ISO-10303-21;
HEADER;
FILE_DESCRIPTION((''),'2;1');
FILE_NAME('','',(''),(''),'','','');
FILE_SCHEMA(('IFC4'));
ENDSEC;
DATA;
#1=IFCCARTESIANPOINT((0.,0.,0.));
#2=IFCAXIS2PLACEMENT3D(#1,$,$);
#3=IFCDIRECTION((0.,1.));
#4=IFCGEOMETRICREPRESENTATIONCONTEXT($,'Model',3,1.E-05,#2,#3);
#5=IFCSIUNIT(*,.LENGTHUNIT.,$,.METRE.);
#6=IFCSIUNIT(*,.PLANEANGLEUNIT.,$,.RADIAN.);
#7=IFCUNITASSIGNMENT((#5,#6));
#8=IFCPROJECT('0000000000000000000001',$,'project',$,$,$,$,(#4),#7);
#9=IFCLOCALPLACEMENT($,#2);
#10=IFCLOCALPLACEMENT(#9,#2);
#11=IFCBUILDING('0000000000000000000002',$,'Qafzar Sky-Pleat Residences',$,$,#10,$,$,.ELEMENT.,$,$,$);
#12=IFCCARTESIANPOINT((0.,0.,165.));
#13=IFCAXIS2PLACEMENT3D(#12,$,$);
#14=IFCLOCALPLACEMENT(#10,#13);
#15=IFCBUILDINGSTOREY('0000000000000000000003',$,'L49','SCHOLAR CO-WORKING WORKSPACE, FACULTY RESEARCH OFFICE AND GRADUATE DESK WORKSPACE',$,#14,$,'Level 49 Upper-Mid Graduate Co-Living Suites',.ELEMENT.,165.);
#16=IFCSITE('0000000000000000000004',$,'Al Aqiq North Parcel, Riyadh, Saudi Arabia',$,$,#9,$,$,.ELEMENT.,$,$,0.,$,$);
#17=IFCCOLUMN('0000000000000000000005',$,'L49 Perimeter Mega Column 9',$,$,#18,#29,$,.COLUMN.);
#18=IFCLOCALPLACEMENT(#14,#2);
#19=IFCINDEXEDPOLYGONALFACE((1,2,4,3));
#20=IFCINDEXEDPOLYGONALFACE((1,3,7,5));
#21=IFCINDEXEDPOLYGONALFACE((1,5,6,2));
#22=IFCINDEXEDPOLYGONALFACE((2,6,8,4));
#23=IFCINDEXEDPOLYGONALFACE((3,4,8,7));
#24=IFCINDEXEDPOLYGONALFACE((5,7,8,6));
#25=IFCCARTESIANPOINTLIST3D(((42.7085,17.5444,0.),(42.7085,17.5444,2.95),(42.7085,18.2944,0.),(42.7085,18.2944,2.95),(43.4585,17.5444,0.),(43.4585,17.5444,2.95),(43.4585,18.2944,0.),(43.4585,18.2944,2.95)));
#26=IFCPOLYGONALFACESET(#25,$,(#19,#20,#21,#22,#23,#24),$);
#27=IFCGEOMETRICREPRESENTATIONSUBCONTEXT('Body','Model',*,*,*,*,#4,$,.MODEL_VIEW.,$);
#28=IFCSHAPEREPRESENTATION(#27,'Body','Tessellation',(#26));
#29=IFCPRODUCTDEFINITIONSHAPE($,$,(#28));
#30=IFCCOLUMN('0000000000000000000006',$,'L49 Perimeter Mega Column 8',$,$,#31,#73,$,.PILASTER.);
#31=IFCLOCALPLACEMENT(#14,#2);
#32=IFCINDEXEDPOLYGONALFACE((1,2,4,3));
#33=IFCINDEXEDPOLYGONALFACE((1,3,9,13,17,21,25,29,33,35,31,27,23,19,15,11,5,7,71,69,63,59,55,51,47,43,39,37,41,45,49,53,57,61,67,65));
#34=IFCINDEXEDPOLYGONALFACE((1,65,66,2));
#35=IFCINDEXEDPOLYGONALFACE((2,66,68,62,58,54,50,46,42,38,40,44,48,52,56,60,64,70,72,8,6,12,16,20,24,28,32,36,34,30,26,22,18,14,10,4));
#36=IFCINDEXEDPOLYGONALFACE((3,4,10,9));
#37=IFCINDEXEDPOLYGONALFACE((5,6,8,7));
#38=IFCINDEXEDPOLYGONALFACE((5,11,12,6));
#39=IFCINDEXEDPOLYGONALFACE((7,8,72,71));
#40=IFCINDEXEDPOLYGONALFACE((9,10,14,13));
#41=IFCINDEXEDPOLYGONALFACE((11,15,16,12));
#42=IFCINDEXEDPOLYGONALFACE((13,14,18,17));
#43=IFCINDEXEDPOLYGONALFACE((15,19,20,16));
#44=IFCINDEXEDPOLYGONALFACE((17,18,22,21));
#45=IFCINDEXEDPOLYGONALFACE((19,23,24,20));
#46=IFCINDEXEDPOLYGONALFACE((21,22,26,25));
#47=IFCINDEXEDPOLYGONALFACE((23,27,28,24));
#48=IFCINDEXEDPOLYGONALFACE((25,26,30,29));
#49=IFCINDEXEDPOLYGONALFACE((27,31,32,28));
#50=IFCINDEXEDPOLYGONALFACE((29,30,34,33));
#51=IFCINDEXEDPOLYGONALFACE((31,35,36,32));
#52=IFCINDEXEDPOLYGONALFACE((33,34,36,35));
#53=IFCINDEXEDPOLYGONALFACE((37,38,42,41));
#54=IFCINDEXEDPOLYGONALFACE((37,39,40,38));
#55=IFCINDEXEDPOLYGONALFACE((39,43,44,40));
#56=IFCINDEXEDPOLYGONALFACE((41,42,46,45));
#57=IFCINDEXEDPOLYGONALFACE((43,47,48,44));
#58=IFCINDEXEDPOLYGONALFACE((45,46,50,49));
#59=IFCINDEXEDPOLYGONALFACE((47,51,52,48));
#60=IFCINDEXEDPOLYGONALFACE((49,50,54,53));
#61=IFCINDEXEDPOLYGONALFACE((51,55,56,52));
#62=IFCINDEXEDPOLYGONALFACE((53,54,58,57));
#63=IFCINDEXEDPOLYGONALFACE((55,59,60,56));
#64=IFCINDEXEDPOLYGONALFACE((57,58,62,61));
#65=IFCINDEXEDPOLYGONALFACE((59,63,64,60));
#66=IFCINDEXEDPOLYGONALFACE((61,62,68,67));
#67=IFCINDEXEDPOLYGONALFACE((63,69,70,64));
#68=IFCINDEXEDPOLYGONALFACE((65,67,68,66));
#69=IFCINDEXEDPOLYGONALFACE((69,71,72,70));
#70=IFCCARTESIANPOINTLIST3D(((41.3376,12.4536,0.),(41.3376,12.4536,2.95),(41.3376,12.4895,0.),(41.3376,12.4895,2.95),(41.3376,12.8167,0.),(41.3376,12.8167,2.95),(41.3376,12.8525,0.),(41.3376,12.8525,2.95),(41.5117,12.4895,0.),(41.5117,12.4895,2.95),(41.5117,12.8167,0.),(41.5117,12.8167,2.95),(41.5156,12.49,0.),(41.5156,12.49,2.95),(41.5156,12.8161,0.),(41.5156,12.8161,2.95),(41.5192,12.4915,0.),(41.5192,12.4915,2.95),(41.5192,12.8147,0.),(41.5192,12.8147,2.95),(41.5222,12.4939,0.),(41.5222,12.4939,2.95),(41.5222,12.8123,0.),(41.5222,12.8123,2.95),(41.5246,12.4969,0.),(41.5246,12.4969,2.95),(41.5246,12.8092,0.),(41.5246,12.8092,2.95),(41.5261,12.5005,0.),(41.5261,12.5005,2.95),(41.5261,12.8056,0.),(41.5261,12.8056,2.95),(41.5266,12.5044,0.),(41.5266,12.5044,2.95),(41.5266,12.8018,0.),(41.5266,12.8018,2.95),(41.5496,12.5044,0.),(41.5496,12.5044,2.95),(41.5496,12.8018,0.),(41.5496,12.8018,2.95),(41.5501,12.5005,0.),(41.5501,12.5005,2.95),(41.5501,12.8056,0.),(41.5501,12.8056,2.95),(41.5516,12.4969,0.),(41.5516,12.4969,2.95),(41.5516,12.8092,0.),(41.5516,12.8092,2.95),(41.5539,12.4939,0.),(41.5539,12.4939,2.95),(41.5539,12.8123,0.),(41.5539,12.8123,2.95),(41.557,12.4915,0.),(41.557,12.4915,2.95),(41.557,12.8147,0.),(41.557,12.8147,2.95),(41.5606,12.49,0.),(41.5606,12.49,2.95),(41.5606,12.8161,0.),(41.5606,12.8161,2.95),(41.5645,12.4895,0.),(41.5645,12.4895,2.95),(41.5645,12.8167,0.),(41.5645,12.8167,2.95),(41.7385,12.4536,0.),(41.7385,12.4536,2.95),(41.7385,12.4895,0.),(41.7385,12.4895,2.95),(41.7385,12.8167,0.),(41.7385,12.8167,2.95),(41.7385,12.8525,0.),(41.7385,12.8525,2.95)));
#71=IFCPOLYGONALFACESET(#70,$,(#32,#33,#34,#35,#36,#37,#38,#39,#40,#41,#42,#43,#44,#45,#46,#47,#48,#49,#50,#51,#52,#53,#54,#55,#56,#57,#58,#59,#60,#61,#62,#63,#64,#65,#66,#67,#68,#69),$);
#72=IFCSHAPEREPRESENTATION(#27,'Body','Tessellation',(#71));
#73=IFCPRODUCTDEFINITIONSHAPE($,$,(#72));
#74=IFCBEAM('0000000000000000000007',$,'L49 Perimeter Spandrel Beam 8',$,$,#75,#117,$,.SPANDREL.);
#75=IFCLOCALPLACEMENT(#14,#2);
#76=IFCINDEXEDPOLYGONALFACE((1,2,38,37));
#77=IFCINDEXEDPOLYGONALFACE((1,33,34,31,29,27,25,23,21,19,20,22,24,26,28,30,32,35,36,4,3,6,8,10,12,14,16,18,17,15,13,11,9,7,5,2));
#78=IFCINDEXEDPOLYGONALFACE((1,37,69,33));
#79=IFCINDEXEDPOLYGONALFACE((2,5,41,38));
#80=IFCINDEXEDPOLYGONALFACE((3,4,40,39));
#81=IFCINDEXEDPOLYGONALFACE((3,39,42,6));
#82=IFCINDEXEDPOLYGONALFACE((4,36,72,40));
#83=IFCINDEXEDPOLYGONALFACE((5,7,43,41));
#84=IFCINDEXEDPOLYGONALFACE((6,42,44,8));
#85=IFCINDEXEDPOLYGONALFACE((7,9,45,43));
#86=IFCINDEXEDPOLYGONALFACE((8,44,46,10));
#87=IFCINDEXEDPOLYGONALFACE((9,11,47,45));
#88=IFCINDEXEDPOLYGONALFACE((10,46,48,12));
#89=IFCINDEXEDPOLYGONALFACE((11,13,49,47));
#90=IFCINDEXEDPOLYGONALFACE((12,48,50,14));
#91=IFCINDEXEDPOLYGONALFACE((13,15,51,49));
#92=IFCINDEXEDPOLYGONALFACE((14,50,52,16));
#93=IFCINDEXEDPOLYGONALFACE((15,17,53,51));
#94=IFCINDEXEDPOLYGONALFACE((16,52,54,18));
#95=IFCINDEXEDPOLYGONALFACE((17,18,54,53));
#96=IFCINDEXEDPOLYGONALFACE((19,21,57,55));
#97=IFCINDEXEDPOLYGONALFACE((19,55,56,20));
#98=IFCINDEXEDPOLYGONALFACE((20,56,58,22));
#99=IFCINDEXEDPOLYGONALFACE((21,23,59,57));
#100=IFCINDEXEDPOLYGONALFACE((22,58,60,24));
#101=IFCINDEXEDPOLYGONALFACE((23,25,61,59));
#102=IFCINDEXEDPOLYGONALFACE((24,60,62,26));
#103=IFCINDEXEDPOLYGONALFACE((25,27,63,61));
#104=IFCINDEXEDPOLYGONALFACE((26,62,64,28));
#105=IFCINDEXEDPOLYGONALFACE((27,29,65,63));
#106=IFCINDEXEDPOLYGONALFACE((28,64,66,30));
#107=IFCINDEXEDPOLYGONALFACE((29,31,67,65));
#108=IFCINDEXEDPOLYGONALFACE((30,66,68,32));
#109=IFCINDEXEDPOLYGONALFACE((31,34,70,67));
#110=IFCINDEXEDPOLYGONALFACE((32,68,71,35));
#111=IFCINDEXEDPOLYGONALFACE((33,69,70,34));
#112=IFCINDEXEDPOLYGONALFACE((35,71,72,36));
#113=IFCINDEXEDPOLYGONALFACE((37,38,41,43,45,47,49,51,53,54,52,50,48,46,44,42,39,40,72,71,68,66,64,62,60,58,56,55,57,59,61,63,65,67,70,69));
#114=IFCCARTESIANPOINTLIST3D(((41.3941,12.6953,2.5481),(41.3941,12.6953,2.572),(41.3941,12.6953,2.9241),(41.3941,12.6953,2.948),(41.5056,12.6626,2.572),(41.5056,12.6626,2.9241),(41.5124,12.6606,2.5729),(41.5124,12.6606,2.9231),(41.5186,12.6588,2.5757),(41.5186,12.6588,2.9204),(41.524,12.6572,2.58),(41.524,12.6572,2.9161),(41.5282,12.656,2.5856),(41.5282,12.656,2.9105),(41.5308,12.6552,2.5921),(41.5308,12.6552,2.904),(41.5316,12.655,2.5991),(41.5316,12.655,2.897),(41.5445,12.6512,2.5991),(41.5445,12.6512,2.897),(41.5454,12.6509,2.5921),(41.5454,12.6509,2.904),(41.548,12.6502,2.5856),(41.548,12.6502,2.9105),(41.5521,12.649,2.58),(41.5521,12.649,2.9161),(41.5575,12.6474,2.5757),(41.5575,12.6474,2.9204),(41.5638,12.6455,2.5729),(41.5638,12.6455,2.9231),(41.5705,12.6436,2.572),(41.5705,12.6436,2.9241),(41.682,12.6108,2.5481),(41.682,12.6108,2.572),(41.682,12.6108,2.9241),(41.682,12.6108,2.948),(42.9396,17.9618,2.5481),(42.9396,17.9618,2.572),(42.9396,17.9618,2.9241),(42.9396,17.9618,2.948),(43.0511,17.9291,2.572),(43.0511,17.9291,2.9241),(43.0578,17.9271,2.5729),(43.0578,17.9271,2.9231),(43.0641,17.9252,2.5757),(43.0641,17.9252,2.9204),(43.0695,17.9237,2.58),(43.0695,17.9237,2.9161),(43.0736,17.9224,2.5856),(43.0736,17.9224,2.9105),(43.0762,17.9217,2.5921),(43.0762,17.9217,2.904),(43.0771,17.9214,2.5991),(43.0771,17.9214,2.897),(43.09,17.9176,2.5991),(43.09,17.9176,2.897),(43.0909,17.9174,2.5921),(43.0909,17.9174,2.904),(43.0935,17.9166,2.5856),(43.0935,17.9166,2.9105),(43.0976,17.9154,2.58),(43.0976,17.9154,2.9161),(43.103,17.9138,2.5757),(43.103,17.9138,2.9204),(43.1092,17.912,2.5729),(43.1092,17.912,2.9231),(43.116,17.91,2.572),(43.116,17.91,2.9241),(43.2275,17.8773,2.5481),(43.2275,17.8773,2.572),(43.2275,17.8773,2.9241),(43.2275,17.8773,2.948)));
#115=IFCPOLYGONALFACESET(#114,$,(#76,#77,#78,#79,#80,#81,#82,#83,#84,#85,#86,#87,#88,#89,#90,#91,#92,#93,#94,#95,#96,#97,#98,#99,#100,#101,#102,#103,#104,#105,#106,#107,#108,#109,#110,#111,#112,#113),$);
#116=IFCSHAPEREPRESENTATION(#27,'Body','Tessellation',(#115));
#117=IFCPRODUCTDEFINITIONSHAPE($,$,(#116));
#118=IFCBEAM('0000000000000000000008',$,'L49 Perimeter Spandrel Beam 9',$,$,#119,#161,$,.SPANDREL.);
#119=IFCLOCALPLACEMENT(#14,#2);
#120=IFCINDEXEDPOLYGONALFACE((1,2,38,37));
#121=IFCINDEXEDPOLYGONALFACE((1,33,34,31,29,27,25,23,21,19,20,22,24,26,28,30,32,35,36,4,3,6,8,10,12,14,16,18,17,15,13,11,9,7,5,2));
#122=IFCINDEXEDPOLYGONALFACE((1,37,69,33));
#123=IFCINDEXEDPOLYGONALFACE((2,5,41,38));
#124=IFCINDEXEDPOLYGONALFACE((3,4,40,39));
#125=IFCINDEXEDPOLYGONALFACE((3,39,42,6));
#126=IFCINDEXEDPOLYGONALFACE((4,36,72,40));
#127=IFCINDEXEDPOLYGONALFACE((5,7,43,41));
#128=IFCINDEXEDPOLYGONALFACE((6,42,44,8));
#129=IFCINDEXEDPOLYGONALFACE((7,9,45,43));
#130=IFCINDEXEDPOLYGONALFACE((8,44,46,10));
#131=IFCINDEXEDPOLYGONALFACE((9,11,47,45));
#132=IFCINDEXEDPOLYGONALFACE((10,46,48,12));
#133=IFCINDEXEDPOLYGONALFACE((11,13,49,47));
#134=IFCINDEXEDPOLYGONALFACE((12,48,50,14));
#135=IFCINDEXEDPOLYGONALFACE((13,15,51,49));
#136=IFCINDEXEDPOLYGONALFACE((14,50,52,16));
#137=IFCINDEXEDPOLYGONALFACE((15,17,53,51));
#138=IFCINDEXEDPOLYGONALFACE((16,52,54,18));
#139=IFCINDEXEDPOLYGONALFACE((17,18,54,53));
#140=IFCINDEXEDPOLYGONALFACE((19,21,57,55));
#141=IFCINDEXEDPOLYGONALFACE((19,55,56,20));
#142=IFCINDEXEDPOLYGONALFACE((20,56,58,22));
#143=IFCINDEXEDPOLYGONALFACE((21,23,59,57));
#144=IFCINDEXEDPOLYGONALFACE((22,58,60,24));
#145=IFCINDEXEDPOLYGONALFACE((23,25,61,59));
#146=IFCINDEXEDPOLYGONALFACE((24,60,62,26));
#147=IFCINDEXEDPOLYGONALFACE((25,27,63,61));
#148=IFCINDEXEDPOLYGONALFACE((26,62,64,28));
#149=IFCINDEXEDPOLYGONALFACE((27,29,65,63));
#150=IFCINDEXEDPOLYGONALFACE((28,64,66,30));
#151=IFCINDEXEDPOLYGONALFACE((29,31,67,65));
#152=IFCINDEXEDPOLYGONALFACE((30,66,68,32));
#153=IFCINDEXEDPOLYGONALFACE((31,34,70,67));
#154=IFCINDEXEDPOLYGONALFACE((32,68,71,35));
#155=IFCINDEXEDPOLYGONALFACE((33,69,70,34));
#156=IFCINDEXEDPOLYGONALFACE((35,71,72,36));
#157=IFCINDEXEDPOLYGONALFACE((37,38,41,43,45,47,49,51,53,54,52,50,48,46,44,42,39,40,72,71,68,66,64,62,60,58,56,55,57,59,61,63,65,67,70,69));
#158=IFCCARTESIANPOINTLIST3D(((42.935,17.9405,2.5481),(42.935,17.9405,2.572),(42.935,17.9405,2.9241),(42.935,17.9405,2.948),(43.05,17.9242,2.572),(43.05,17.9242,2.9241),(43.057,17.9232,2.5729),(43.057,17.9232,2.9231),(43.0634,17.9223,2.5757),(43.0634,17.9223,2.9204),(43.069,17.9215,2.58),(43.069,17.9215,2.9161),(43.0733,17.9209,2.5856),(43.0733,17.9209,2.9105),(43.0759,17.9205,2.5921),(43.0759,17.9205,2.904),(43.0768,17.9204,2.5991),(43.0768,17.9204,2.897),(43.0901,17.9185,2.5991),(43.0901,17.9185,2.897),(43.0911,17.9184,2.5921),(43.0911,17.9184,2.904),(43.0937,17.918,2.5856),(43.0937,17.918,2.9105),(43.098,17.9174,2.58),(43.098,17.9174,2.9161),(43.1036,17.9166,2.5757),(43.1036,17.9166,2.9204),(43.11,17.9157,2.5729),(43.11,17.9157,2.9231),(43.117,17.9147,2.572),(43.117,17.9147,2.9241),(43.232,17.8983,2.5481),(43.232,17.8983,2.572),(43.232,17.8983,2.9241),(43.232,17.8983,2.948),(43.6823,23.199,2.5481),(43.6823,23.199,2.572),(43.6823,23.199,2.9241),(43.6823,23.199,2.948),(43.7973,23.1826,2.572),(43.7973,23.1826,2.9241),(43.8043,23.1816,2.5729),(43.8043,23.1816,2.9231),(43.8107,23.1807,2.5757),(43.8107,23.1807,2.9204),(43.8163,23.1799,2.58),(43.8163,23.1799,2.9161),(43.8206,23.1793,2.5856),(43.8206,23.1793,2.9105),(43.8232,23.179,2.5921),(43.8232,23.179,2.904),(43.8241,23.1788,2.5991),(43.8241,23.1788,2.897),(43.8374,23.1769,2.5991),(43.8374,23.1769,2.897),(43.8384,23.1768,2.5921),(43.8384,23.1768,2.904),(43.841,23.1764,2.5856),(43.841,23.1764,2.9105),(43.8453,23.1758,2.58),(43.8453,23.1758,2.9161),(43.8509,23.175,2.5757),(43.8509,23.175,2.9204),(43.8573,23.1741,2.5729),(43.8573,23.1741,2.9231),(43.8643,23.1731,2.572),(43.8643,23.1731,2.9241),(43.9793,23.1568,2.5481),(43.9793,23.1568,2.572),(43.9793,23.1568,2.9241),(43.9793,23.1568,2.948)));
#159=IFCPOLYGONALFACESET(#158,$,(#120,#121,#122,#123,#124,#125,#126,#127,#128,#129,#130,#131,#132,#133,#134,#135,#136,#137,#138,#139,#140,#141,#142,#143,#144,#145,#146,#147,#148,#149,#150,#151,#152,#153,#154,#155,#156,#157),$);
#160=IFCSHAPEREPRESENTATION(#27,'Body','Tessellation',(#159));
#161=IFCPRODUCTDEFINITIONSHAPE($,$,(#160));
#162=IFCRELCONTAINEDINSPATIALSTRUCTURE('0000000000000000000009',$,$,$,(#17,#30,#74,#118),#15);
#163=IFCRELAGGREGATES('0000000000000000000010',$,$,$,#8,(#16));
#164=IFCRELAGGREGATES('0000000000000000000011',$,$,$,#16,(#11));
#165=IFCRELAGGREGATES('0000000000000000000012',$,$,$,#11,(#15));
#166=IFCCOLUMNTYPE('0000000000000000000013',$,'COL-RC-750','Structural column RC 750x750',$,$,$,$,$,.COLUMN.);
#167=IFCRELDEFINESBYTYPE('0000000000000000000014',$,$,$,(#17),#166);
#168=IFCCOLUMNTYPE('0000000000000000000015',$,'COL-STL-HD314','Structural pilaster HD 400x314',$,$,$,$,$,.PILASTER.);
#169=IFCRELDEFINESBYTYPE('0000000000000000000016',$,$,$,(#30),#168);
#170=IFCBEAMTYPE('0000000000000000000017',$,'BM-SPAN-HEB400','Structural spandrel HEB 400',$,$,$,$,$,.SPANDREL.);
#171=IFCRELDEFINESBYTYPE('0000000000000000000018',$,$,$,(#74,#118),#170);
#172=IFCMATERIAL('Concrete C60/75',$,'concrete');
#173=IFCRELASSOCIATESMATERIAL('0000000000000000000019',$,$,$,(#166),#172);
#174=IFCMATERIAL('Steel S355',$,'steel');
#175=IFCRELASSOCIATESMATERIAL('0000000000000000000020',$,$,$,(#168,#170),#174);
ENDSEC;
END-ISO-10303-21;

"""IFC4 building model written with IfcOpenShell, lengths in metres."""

from ifc_helpers import new_model, si_unit, direction, frame, origin, origin_2d, place, context, subcontext, project, spatial, rectangle, i_section, extrude, source, transform, mapped, material, material_profile, profile_set, type_object, element, save


model = new_model("IFC4")

# Units and contexts
model_context = context("Model", 3, precision=1e-05, world=origin(), true_north=direction((0.0, 1.0)))
body_context = subcontext(model_context, "Body", "Model", "MODEL_VIEW")
ifc_project = project(units=[si_unit("LENGTHUNIT", "METRE"), si_unit("PLANEANGLEUNIT", "RADIAN")], contexts=[model_context])

# Site, building, storey
site_placement = place(None, origin())
site = spatial("IfcSite", under=ifc_project, at=site_placement, Name="Al Aqiq North Parcel, Riyadh, Saudi Arabia", CompositionType="ELEMENT", RefElevation=0.0)
building_placement = place(site_placement, origin())
building = spatial("IfcBuilding", under=site, at=building_placement, Name="Qafzar Sky-Pleat Residences", CompositionType="ELEMENT")
storey_placement = place(building_placement, frame((0.0, 0.0, 165.0)))
storey = spatial("IfcBuildingStorey", under=building, at=storey_placement, Name="L49", Description="SCHOLAR CO-WORKING WORKSPACE, FACULTY RESEARCH OFFICE AND GRADUATE DESK WORKSPACE", LongName="Level 49 Upper-Mid Graduate Co-Living Suites", CompositionType="ELEMENT", Elevation=165.0)

# Columns
ifc_material_1 = material(Name="Concrete C60/75", Category="concrete")
ifc_material_profile_1 = material_profile(ifc_material_1, rectangle(XDim=0.75, YDim=0.75, at=origin_2d()), Name="RC 750x750")
ifc_profile_set_1 = profile_set([ifc_material_profile_1], Name="Concrete C60/75")
column_type_1 = type_object("IfcColumnType", Name="COL-RC-750", Description="Structural column RC 750x750", PredefinedType="COLUMN", material=ifc_profile_set_1)
shared_shape_1 = source(origin(), body_context, "Body", "SweptSolid", [
    extrude(rectangle(XDim=0.75, YDim=0.75, at=origin_2d()), origin(), (0.0, 0.0, 1.0), 2.95),
])
column_1_placement = place(storey_placement, frame((43.0835, 17.9194, 0.0), z_axis=(0.0, 0.0, 1.0), x_axis=(1.0, 0.0, 0.0)))
element("IfcColumn", 1, at=column_1_placement, inside=storey, type_object=column_type_1, Name="L49 Perimeter Mega Column 9", PredefinedType="COLUMN", context=body_context, shape_type="MappedRepresentation", body=[
    mapped(shared_shape_1, transform((0.0, 0.0, 0.0), x_axis=(1.0, 0.0, 0.0), y_axis=(0.0, 1.0, 0.0), z_axis=(0.0, 0.0, 1.0), scale=1.0)),
])
ifc_material_2 = material(Name="Steel S355", Category="steel")
ifc_material_profile_2 = material_profile(ifc_material_2, i_section(OverallWidth=0.4009, OverallDepth=0.3989, WebThickness=0.0229, FlangeThickness=0.0359, FilletRadius=0.0149, at=origin_2d()), Name="HD 400x314")
ifc_profile_set_2 = profile_set([ifc_material_profile_2], Name="Steel S355")
column_type_2 = type_object("IfcColumnType", Name="COL-STL-HD314", Description="Structural pilaster HD 400x314", PredefinedType="PILASTER", material=ifc_profile_set_2)
shared_shape_2 = source(origin(), body_context, "Body", "SweptSolid", [
    extrude(i_section(OverallWidth=0.4009, OverallDepth=0.3989, WebThickness=0.0229, FlangeThickness=0.0359, FilletRadius=0.0149, at=origin_2d()), origin(), (0.0, 0.0, 1.0), 2.95),
])
column_2_placement = place(storey_placement, frame((41.5381, 12.6531, 0.0), z_axis=(0.0, 0.0, 1.0), x_axis=(1.0, 0.0, 0.0)))
element("IfcColumn", 2, at=column_2_placement, inside=storey, type_object=column_type_2, Name="L49 Perimeter Mega Column 8", PredefinedType="PILASTER", context=body_context, shape_type="MappedRepresentation", body=[
    mapped(shared_shape_2, transform((0.0, 0.0, 0.0), x_axis=(1.0, 0.0, 0.0), y_axis=(0.0, 1.0, 0.0), z_axis=(0.0, 0.0, 1.0), scale=1.0)),
])

# Beams
ifc_material_profile_3 = material_profile(ifc_material_2, i_section(OverallWidth=0.3, OverallDepth=0.3999, WebThickness=0.0134, FlangeThickness=0.0239, FilletRadius=0.0271, at=origin_2d()), Name="HEB 400")
ifc_profile_set_3 = profile_set([ifc_material_profile_3], Name="Steel S355")
beam_type = type_object("IfcBeamType", Name="BM-SPAN-HEB400", Description="Structural spandrel HEB 400", PredefinedType="SPANDREL", material=ifc_profile_set_3)
shared_shape_3 = source(origin(), body_context, "Body", "SweptSolid", [
    extrude(i_section(OverallWidth=0.3, OverallDepth=0.3999, WebThickness=0.0134, FlangeThickness=0.0239, FilletRadius=0.0271, at=origin_2d()), origin(), (0.0, 0.0, 1.0), 5.4885),
])
beam_1_placement = place(storey_placement, frame((41.5381, 12.6531, 2.748), z_axis=(0.281576, 0.959539, 0.0), x_axis=(-0.959539, 0.281576, 0.0)))
element("IfcBeam", 3, at=beam_1_placement, inside=storey, type_object=beam_type, Name="L49 Perimeter Spandrel Beam 8", PredefinedType="SPANDREL", context=body_context, shape_type="MappedRepresentation", body=[
    mapped(shared_shape_3, transform((0.0, 0.0, 0.0), x_axis=(1.0, 0.0, 0.0), y_axis=(0.0, 1.0, 0.0), z_axis=(0.0, 0.0, 1.0), scale=1.0)),
])
shared_shape_4 = source(origin(), body_context, "Body", "SweptSolid", [
    extrude(i_section(OverallWidth=0.3, OverallDepth=0.3999, WebThickness=0.0134, FlangeThickness=0.0239, FilletRadius=0.0271, at=origin_2d()), origin(), (0.0, 0.0, 1.0), 5.3113),
])
beam_2_placement = place(storey_placement, frame((43.0835, 17.9194, 2.748), z_axis=(0.140701, 0.990052, 0.0), x_axis=(-0.990052, 0.140701, 0.0)))
element("IfcBeam", 4, at=beam_2_placement, inside=storey, type_object=beam_type, Name="L49 Perimeter Spandrel Beam 9", PredefinedType="SPANDREL", context=body_context, shape_type="MappedRepresentation", body=[
    mapped(shared_shape_4, transform((0.0, 0.0, 0.0), x_axis=(1.0, 0.0, 0.0), y_axis=(0.0, 1.0, 0.0), z_axis=(0.0, 0.0, 1.0), scale=1.0)),
])

save(model, "model.ifc")
